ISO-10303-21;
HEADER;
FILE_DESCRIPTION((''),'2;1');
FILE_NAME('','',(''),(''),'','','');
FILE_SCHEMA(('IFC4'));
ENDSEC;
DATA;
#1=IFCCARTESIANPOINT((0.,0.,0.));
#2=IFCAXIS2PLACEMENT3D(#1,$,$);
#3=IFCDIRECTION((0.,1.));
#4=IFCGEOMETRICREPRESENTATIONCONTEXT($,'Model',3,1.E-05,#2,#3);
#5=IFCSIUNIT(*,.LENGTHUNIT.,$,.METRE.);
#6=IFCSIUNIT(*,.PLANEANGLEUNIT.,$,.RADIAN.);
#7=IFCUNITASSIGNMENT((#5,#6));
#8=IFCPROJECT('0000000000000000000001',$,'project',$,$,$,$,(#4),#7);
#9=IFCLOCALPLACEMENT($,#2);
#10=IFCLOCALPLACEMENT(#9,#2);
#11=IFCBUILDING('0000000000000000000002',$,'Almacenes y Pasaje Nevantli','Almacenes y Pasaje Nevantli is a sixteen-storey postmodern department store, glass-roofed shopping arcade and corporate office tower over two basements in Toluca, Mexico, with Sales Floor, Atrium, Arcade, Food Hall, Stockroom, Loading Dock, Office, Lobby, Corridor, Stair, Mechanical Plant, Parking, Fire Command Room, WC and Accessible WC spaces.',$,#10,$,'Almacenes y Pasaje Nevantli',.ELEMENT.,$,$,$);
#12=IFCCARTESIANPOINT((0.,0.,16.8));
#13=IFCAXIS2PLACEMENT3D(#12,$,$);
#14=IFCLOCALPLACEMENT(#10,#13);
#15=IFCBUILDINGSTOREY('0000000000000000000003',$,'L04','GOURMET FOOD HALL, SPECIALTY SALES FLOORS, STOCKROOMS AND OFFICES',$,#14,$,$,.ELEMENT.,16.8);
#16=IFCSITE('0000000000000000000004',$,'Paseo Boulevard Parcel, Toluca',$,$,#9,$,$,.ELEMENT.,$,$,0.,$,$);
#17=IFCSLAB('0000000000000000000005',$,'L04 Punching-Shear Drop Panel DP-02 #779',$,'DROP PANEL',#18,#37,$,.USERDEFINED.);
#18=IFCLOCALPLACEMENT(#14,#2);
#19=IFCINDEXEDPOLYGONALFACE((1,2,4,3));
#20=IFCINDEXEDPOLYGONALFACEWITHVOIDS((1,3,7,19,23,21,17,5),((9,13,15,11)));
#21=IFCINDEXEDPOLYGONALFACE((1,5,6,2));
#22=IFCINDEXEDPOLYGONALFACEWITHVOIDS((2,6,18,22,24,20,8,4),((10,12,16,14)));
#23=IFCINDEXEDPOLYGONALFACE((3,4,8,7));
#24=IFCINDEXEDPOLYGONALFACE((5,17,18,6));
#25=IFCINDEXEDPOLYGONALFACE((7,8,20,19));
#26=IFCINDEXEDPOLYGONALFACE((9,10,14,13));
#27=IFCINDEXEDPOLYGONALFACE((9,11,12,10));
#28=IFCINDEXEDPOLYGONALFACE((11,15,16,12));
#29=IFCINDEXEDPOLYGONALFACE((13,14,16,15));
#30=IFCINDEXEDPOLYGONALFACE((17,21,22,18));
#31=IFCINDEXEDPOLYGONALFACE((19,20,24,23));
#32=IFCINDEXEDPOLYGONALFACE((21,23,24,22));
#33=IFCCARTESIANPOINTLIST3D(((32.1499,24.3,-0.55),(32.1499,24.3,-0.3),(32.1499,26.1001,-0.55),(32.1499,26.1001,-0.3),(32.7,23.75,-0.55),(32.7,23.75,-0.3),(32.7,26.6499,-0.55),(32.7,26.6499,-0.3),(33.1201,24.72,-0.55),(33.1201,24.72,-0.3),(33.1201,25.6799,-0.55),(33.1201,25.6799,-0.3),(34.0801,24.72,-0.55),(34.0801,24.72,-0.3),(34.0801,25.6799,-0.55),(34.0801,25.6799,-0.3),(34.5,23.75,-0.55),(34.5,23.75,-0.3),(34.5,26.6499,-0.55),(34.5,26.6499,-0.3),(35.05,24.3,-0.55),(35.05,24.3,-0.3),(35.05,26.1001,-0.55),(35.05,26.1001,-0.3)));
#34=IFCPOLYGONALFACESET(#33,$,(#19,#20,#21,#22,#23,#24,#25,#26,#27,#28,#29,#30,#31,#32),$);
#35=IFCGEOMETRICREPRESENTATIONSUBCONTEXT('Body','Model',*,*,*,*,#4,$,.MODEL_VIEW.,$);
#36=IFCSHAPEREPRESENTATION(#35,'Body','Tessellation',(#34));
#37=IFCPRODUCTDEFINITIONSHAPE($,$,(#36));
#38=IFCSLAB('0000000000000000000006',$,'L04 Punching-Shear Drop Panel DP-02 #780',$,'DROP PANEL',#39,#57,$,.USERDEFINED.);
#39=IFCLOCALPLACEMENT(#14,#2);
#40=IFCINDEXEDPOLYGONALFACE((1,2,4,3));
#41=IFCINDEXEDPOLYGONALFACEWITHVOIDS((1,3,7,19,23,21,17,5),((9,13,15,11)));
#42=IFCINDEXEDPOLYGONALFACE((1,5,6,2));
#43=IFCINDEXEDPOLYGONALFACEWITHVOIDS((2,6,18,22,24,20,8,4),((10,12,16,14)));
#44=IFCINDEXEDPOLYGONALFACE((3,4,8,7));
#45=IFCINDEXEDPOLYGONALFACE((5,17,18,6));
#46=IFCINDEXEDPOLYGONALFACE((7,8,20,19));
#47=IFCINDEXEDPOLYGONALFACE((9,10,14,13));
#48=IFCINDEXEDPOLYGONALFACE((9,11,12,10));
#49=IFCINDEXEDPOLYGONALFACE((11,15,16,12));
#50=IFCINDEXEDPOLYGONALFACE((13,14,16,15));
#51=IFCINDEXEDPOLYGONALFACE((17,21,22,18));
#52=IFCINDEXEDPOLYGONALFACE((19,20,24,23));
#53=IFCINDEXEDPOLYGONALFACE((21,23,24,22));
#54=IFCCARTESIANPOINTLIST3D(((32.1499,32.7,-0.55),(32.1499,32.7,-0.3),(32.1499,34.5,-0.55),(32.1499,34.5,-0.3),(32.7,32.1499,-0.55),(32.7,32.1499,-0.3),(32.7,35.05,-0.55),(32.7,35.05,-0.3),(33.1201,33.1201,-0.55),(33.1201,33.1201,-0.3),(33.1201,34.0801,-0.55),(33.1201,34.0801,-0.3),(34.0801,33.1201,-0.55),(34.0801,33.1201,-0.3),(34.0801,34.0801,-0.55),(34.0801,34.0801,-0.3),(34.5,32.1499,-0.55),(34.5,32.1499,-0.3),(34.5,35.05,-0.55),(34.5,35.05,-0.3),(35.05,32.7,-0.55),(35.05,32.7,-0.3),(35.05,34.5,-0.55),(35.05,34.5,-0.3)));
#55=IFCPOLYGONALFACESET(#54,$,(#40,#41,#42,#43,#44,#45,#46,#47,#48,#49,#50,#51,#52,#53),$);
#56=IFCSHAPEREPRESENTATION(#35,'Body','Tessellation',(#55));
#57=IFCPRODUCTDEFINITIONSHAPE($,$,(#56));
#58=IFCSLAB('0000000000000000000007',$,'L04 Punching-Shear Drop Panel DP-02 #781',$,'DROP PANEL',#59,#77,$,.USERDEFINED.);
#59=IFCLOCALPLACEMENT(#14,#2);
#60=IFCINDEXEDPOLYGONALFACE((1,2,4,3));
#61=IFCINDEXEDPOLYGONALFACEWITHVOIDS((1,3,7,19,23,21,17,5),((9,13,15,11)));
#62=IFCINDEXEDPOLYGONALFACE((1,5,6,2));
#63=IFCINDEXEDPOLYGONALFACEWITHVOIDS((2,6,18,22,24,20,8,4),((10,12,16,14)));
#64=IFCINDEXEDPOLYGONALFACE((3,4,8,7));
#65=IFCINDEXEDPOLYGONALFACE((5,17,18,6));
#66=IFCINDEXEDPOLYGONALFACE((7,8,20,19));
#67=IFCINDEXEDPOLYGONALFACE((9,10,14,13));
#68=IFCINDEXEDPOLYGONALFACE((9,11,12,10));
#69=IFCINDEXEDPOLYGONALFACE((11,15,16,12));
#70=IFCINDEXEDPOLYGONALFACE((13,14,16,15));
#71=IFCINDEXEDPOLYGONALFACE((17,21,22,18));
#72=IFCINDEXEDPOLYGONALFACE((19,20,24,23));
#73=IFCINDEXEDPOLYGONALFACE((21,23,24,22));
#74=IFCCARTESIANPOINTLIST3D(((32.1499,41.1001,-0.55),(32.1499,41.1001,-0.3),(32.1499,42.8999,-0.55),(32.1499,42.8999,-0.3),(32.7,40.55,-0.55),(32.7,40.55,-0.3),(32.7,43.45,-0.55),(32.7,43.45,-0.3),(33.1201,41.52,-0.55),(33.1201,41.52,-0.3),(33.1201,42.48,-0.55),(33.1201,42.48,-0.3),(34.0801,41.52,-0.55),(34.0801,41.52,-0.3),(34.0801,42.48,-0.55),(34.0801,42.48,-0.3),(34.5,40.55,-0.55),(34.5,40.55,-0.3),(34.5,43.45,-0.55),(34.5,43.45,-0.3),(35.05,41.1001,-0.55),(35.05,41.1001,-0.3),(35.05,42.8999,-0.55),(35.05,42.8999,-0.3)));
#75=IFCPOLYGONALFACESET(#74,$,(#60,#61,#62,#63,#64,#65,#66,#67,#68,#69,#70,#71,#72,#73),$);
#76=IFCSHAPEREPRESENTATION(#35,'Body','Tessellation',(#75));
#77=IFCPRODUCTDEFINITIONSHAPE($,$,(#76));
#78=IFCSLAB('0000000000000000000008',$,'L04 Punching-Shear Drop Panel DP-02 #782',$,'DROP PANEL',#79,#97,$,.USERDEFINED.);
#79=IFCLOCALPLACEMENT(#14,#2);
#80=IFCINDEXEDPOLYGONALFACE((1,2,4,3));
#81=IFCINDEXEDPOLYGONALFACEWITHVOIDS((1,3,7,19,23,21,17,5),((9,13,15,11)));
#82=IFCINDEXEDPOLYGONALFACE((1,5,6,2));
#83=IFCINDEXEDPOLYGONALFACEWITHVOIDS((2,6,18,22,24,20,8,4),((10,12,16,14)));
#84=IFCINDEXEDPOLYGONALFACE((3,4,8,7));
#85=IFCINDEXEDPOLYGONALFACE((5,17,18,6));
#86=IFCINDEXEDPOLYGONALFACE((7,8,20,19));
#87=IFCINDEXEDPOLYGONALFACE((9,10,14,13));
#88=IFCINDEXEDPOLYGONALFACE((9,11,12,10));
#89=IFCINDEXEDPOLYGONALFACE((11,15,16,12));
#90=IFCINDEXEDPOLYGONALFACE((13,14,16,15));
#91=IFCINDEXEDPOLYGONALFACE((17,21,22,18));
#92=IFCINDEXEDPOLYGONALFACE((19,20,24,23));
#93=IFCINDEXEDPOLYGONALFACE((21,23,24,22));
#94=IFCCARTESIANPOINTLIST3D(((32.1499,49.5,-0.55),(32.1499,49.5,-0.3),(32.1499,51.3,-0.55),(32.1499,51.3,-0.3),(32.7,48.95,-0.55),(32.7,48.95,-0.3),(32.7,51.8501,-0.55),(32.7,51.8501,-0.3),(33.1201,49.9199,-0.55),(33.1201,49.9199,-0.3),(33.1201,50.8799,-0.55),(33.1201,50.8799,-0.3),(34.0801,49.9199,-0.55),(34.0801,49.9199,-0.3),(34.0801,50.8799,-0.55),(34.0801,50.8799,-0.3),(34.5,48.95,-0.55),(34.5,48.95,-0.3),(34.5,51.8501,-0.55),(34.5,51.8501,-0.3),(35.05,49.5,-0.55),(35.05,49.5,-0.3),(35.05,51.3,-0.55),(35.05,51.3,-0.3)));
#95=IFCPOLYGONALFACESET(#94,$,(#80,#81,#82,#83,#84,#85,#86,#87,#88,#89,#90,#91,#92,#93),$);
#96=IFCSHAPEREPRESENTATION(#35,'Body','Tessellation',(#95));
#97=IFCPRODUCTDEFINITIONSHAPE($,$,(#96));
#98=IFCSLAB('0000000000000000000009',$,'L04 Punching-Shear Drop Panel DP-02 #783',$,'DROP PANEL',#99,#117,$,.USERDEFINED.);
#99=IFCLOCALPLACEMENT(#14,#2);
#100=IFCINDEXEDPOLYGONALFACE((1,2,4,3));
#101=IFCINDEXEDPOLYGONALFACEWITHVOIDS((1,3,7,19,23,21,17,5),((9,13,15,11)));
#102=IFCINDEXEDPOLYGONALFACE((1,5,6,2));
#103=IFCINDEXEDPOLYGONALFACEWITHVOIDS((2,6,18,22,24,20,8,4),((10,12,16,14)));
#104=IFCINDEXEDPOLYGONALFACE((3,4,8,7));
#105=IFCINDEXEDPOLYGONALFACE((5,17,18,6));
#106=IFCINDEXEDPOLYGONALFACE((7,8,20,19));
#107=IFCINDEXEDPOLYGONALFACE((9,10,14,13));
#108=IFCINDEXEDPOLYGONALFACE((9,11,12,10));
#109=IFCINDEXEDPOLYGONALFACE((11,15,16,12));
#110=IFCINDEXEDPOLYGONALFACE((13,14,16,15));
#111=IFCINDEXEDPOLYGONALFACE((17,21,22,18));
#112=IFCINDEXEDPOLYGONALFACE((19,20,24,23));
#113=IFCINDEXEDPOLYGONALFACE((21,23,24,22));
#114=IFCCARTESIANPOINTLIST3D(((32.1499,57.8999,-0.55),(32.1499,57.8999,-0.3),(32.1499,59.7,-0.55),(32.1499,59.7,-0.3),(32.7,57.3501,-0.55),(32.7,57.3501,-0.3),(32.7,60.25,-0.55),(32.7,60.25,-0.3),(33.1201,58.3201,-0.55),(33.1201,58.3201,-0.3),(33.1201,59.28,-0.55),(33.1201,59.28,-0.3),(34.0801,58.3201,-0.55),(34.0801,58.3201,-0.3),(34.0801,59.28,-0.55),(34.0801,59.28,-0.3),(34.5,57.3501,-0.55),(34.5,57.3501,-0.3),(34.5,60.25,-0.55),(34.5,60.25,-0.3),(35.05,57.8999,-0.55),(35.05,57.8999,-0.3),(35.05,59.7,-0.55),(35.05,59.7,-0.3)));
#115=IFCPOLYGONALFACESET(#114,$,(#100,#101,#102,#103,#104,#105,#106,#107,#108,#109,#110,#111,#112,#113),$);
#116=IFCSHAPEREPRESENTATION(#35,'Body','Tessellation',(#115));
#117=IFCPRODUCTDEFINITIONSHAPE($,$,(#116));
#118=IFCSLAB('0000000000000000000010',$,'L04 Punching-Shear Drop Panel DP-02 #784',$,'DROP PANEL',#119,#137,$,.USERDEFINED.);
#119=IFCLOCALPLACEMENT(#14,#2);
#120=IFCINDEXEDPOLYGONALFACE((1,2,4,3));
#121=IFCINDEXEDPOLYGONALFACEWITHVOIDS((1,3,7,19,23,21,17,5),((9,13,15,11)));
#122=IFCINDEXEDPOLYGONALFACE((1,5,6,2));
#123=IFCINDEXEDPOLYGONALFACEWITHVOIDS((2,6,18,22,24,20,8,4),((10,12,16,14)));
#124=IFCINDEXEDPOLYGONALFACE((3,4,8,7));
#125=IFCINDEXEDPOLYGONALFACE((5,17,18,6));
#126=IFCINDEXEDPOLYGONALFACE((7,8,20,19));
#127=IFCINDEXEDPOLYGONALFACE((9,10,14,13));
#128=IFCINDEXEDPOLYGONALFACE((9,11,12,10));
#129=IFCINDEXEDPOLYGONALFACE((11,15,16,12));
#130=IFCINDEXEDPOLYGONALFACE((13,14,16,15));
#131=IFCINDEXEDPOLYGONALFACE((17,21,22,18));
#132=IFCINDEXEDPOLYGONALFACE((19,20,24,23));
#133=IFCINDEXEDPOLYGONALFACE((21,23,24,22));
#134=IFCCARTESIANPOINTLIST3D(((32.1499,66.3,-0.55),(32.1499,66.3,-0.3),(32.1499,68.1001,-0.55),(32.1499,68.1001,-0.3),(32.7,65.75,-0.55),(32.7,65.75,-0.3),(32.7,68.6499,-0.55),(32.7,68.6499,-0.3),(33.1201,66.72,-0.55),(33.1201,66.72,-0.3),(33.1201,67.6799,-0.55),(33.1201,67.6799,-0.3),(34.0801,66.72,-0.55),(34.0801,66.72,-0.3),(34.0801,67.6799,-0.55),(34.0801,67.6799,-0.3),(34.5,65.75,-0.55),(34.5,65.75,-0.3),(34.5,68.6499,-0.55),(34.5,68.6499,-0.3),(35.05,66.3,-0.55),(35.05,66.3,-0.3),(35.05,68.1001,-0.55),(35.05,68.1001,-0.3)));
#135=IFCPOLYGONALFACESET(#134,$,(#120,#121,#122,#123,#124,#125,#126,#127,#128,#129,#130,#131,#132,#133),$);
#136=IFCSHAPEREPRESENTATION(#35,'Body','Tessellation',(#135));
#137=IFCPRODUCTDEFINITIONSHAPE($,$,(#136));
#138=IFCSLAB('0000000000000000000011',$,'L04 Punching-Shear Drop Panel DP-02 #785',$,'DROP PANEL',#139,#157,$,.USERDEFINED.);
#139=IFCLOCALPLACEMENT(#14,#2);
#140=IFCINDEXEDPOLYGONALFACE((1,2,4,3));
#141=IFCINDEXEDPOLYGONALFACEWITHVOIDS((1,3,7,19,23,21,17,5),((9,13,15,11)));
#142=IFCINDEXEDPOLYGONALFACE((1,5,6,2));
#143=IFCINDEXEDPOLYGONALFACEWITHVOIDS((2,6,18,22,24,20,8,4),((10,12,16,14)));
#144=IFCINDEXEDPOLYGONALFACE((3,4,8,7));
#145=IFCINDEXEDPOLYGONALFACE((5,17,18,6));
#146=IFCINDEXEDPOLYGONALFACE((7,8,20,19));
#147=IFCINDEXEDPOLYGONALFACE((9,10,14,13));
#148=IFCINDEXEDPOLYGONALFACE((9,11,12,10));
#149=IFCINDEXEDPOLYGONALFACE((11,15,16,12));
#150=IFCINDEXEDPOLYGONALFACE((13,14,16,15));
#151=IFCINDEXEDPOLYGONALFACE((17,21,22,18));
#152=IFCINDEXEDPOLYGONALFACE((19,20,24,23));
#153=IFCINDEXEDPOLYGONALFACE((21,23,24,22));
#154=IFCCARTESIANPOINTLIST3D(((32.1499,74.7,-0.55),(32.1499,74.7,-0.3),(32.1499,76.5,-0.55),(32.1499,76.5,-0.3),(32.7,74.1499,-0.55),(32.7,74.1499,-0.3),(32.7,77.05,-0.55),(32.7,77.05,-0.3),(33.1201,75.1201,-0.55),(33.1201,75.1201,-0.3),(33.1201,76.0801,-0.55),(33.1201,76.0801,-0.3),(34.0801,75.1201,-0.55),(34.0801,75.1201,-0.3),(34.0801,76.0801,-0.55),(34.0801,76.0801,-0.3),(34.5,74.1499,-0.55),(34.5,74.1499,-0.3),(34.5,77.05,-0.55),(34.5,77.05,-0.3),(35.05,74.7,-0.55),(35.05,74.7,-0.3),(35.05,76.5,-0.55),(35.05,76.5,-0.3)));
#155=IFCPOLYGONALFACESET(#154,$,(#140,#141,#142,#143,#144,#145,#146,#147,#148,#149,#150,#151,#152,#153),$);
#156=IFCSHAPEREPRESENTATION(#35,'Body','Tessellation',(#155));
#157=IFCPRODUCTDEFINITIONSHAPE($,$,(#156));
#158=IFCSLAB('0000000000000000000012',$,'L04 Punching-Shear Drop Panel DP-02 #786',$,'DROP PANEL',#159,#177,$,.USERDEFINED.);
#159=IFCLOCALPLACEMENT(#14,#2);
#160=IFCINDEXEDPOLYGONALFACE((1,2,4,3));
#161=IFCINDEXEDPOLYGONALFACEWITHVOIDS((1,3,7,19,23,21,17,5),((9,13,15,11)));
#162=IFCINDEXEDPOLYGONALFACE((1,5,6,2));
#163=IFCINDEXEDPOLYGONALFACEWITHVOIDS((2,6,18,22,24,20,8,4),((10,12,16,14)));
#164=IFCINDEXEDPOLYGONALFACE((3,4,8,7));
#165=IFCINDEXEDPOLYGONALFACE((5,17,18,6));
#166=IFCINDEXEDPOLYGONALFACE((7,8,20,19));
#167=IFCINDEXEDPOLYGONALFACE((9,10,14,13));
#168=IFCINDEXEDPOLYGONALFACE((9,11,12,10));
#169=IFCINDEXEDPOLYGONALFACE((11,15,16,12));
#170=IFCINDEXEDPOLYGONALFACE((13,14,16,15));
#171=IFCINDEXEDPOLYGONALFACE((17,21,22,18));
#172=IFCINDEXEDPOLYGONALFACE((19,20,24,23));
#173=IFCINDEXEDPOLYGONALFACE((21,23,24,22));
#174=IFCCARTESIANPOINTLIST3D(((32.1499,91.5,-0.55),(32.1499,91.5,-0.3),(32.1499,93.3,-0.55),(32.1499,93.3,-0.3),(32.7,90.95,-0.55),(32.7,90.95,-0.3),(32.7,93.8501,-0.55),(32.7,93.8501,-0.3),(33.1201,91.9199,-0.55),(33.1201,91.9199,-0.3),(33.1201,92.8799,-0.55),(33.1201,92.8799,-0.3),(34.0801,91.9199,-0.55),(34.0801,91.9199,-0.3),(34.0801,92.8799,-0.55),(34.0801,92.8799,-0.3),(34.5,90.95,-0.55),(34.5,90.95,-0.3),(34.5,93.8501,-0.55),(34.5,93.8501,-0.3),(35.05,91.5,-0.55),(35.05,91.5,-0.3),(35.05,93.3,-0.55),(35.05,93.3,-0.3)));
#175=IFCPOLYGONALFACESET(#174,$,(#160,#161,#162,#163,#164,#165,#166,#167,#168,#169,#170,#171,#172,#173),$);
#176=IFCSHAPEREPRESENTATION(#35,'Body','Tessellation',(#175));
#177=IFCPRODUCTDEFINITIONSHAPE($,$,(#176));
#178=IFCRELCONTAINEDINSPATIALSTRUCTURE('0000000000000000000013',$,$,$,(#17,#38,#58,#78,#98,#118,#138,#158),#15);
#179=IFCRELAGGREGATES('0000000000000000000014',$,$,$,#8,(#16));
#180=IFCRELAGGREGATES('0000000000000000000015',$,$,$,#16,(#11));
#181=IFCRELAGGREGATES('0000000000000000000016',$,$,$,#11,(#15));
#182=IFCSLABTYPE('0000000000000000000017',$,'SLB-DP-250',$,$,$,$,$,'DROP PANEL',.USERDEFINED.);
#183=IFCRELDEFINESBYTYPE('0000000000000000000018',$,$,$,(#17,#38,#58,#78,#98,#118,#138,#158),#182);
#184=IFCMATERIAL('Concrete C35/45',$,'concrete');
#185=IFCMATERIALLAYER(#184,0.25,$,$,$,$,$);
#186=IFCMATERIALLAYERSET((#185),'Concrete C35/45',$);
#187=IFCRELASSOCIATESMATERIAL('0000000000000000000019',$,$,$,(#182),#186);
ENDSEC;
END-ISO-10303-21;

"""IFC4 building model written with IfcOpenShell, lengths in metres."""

from ifc_helpers import new_model, si_unit, direction, frame, origin, place, context, subcontext, project, spatial, polyline, outline, extrude, material, layer, layer_set, type_object, element, save


model = new_model("IFC4")

# Units and contexts
model_context = context("Model", 3, precision=1e-05, world=origin(), true_north=direction((0.0, 1.0)))
body_context = subcontext(model_context, "Body", "Model", "MODEL_VIEW")
ifc_project = project(units=[si_unit("LENGTHUNIT", "METRE"), si_unit("PLANEANGLEUNIT", "RADIAN")], contexts=[model_context])

# Site, building, storey
site_placement = place(None, origin())
site = spatial("IfcSite", under=ifc_project, at=site_placement, Name="Paseo Boulevard Parcel, Toluca", CompositionType="ELEMENT", RefElevation=0.0)
building_placement = place(site_placement, origin())
building = spatial("IfcBuilding", under=site, at=building_placement, Name="Almacenes y Pasaje Nevantli", Description="Almacenes y Pasaje Nevantli is a sixteen-storey postmodern department store, glass-roofed shopping arcade and corporate office tower over two basements in Toluca, Mexico, with Sales Floor, Atrium, Arcade, Food Hall, Stockroom, Loading Dock, Office, Lobby, Corridor, Stair, Mechanical Plant, Parking, Fire Command Room, WC and Accessible WC spaces.", LongName="Almacenes y Pasaje Nevantli", CompositionType="ELEMENT")
storey_placement = place(building_placement, frame((0.0, 0.0, 16.8)))
storey = spatial("IfcBuildingStorey", under=building, at=storey_placement, Name="L04", Description="GOURMET FOOD HALL, SPECIALTY SALES FLOORS, STOCKROOMS AND OFFICES", CompositionType="ELEMENT", Elevation=16.8)

# Slabs
ifc_material_1 = material(Name="Concrete C35/45", Category="concrete")
ifc_layer_1 = layer(ifc_material_1, 0.25)
ifc_layer_set_1 = layer_set([ifc_layer_1], Name="Concrete C35/45")
slab_type_1 = type_object("IfcSlabType", Name="SLB-DP-250", ElementType="DROP PANEL", PredefinedType="USERDEFINED", material=ifc_layer_set_1)
slab_1_placement = place(storey_placement, frame((0.0, 0.0, -0.55)))
element("IfcSlab", 1, at=slab_1_placement, inside=storey, type_object=slab_type_1, Name="L04 Punching-Shear Drop Panel DP-02 #779", ObjectType="DROP PANEL", PredefinedType="USERDEFINED", context=body_context, shape_type="SweptSolid", body=[
    extrude(outline(polyline([(32.7, 23.75), (34.5, 23.75), (35.05, 24.3), (35.05, 26.1001), (34.5, 26.6499), (32.7, 26.6499), (32.1499, 26.1001), (32.1499, 24.3), (32.7, 23.75)]), holes=[polyline([(33.1201, 24.72), (34.0801, 24.72), (34.0801, 25.6799), (33.1201, 25.6799), (33.1201, 24.72)])]), origin(), (0.0, 0.0, 1.0), 0.25),
])
slab_2_placement = place(storey_placement, frame((0.0, 0.0, -0.55)))
element("IfcSlab", 2, at=slab_2_placement, inside=storey, type_object=slab_type_1, Name="L04 Punching-Shear Drop Panel DP-02 #780", ObjectType="DROP PANEL", PredefinedType="USERDEFINED", context=body_context, shape_type="SweptSolid", body=[
    extrude(outline(polyline([(32.7, 32.1499), (34.5, 32.1499), (35.05, 32.7), (35.05, 34.5), (34.5, 35.05), (32.7, 35.05), (32.1499, 34.5), (32.1499, 32.7), (32.7, 32.1499)]), holes=[polyline([(33.1201, 33.1201), (34.0801, 33.1201), (34.0801, 34.0801), (33.1201, 34.0801), (33.1201, 33.1201)])]), origin(), (0.0, 0.0, 1.0), 0.25),
])
slab_3_placement = place(storey_placement, frame((0.0, 0.0, -0.55)))
element("IfcSlab", 3, at=slab_3_placement, inside=storey, type_object=slab_type_1, Name="L04 Punching-Shear Drop Panel DP-02 #781", ObjectType="DROP PANEL", PredefinedType="USERDEFINED", context=body_context, shape_type="SweptSolid", body=[
    extrude(outline(polyline([(32.7, 40.55), (34.5, 40.55), (35.05, 41.1001), (35.05, 42.8999), (34.5, 43.45), (32.7, 43.45), (32.1499, 42.8999), (32.1499, 41.1001), (32.7, 40.55)]), holes=[polyline([(33.1201, 41.52), (34.0801, 41.52), (34.0801, 42.48), (33.1201, 42.48), (33.1201, 41.52)])]), origin(), (0.0, 0.0, 1.0), 0.25),
])
slab_4_placement = place(storey_placement, frame((0.0, 0.0, -0.55)))
element("IfcSlab", 4, at=slab_4_placement, inside=storey, type_object=slab_type_1, Name="L04 Punching-Shear Drop Panel DP-02 #782", ObjectType="DROP PANEL", PredefinedType="USERDEFINED", context=body_context, shape_type="SweptSolid", body=[
    extrude(outline(polyline([(32.7, 48.95), (34.5, 48.95), (35.05, 49.5), (35.05, 51.3), (34.5, 51.8501), (32.7, 51.8501), (32.1499, 51.3), (32.1499, 49.5), (32.7, 48.95)]), holes=[polyline([(33.1201, 49.9199), (34.0801, 49.9199), (34.0801, 50.8799), (33.1201, 50.8799), (33.1201, 49.9199)])]), origin(), (0.0, 0.0, 1.0), 0.25),
])
slab_5_placement = place(storey_placement, frame((0.0, 0.0, -0.55)))
element("IfcSlab", 5, at=slab_5_placement, inside=storey, type_object=slab_type_1, Name="L04 Punching-Shear Drop Panel DP-02 #783", ObjectType="DROP PANEL", PredefinedType="USERDEFINED", context=body_context, shape_type="SweptSolid", body=[
    extrude(outline(polyline([(32.7, 57.3501), (34.5, 57.3501), (35.05, 57.8999), (35.05, 59.7), (34.5, 60.25), (32.7, 60.25), (32.1499, 59.7), (32.1499, 57.8999), (32.7, 57.3501)]), holes=[polyline([(33.1201, 58.3201), (34.0801, 58.3201), (34.0801, 59.28), (33.1201, 59.28), (33.1201, 58.3201)])]), origin(), (0.0, 0.0, 1.0), 0.25),
])
slab_6_placement = place(storey_placement, frame((0.0, 0.0, -0.55)))
element("IfcSlab", 6, at=slab_6_placement, inside=storey, type_object=slab_type_1, Name="L04 Punching-Shear Drop Panel DP-02 #784", ObjectType="DROP PANEL", PredefinedType="USERDEFINED", context=body_context, shape_type="SweptSolid", body=[
    extrude(outline(polyline([(32.7, 65.75), (34.5, 65.75), (35.05, 66.3), (35.05, 68.1001), (34.5, 68.6499), (32.7, 68.6499), (32.1499, 68.1001), (32.1499, 66.3), (32.7, 65.75)]), holes=[polyline([(33.1201, 66.72), (34.0801, 66.72), (34.0801, 67.6799), (33.1201, 67.6799), (33.1201, 66.72)])]), origin(), (0.0, 0.0, 1.0), 0.25),
])
slab_7_placement = place(storey_placement, frame((0.0, 0.0, -0.55)))
element("IfcSlab", 7, at=slab_7_placement, inside=storey, type_object=slab_type_1, Name="L04 Punching-Shear Drop Panel DP-02 #785", ObjectType="DROP PANEL", PredefinedType="USERDEFINED", context=body_context, shape_type="SweptSolid", body=[
    extrude(outline(polyline([(32.7, 74.1499), (34.5, 74.1499), (35.05, 74.7), (35.05, 76.5), (34.5, 77.05), (32.7, 77.05), (32.1499, 76.5), (32.1499, 74.7), (32.7, 74.1499)]), holes=[polyline([(33.1201, 75.1201), (34.0801, 75.1201), (34.0801, 76.0801), (33.1201, 76.0801), (33.1201, 75.1201)])]), origin(), (0.0, 0.0, 1.0), 0.25),
])
slab_8_placement = place(storey_placement, frame((0.0, 0.0, -0.55)))
element("IfcSlab", 8, at=slab_8_placement, inside=storey, type_object=slab_type_1, Name="L04 Punching-Shear Drop Panel DP-02 #786", ObjectType="DROP PANEL", PredefinedType="USERDEFINED", context=body_context, shape_type="SweptSolid", body=[
    extrude(outline(polyline([(32.7, 90.95), (34.5, 90.95), (35.05, 91.5), (35.05, 93.3), (34.5, 93.8501), (32.7, 93.8501), (32.1499, 93.3), (32.1499, 91.5), (32.7, 90.95)]), holes=[polyline([(33.1201, 91.9199), (34.0801, 91.9199), (34.0801, 92.8799), (33.1201, 92.8799), (33.1201, 91.9199)])]), origin(), (0.0, 0.0, 1.0), 0.25),
])

save(model, "model.ifc")
